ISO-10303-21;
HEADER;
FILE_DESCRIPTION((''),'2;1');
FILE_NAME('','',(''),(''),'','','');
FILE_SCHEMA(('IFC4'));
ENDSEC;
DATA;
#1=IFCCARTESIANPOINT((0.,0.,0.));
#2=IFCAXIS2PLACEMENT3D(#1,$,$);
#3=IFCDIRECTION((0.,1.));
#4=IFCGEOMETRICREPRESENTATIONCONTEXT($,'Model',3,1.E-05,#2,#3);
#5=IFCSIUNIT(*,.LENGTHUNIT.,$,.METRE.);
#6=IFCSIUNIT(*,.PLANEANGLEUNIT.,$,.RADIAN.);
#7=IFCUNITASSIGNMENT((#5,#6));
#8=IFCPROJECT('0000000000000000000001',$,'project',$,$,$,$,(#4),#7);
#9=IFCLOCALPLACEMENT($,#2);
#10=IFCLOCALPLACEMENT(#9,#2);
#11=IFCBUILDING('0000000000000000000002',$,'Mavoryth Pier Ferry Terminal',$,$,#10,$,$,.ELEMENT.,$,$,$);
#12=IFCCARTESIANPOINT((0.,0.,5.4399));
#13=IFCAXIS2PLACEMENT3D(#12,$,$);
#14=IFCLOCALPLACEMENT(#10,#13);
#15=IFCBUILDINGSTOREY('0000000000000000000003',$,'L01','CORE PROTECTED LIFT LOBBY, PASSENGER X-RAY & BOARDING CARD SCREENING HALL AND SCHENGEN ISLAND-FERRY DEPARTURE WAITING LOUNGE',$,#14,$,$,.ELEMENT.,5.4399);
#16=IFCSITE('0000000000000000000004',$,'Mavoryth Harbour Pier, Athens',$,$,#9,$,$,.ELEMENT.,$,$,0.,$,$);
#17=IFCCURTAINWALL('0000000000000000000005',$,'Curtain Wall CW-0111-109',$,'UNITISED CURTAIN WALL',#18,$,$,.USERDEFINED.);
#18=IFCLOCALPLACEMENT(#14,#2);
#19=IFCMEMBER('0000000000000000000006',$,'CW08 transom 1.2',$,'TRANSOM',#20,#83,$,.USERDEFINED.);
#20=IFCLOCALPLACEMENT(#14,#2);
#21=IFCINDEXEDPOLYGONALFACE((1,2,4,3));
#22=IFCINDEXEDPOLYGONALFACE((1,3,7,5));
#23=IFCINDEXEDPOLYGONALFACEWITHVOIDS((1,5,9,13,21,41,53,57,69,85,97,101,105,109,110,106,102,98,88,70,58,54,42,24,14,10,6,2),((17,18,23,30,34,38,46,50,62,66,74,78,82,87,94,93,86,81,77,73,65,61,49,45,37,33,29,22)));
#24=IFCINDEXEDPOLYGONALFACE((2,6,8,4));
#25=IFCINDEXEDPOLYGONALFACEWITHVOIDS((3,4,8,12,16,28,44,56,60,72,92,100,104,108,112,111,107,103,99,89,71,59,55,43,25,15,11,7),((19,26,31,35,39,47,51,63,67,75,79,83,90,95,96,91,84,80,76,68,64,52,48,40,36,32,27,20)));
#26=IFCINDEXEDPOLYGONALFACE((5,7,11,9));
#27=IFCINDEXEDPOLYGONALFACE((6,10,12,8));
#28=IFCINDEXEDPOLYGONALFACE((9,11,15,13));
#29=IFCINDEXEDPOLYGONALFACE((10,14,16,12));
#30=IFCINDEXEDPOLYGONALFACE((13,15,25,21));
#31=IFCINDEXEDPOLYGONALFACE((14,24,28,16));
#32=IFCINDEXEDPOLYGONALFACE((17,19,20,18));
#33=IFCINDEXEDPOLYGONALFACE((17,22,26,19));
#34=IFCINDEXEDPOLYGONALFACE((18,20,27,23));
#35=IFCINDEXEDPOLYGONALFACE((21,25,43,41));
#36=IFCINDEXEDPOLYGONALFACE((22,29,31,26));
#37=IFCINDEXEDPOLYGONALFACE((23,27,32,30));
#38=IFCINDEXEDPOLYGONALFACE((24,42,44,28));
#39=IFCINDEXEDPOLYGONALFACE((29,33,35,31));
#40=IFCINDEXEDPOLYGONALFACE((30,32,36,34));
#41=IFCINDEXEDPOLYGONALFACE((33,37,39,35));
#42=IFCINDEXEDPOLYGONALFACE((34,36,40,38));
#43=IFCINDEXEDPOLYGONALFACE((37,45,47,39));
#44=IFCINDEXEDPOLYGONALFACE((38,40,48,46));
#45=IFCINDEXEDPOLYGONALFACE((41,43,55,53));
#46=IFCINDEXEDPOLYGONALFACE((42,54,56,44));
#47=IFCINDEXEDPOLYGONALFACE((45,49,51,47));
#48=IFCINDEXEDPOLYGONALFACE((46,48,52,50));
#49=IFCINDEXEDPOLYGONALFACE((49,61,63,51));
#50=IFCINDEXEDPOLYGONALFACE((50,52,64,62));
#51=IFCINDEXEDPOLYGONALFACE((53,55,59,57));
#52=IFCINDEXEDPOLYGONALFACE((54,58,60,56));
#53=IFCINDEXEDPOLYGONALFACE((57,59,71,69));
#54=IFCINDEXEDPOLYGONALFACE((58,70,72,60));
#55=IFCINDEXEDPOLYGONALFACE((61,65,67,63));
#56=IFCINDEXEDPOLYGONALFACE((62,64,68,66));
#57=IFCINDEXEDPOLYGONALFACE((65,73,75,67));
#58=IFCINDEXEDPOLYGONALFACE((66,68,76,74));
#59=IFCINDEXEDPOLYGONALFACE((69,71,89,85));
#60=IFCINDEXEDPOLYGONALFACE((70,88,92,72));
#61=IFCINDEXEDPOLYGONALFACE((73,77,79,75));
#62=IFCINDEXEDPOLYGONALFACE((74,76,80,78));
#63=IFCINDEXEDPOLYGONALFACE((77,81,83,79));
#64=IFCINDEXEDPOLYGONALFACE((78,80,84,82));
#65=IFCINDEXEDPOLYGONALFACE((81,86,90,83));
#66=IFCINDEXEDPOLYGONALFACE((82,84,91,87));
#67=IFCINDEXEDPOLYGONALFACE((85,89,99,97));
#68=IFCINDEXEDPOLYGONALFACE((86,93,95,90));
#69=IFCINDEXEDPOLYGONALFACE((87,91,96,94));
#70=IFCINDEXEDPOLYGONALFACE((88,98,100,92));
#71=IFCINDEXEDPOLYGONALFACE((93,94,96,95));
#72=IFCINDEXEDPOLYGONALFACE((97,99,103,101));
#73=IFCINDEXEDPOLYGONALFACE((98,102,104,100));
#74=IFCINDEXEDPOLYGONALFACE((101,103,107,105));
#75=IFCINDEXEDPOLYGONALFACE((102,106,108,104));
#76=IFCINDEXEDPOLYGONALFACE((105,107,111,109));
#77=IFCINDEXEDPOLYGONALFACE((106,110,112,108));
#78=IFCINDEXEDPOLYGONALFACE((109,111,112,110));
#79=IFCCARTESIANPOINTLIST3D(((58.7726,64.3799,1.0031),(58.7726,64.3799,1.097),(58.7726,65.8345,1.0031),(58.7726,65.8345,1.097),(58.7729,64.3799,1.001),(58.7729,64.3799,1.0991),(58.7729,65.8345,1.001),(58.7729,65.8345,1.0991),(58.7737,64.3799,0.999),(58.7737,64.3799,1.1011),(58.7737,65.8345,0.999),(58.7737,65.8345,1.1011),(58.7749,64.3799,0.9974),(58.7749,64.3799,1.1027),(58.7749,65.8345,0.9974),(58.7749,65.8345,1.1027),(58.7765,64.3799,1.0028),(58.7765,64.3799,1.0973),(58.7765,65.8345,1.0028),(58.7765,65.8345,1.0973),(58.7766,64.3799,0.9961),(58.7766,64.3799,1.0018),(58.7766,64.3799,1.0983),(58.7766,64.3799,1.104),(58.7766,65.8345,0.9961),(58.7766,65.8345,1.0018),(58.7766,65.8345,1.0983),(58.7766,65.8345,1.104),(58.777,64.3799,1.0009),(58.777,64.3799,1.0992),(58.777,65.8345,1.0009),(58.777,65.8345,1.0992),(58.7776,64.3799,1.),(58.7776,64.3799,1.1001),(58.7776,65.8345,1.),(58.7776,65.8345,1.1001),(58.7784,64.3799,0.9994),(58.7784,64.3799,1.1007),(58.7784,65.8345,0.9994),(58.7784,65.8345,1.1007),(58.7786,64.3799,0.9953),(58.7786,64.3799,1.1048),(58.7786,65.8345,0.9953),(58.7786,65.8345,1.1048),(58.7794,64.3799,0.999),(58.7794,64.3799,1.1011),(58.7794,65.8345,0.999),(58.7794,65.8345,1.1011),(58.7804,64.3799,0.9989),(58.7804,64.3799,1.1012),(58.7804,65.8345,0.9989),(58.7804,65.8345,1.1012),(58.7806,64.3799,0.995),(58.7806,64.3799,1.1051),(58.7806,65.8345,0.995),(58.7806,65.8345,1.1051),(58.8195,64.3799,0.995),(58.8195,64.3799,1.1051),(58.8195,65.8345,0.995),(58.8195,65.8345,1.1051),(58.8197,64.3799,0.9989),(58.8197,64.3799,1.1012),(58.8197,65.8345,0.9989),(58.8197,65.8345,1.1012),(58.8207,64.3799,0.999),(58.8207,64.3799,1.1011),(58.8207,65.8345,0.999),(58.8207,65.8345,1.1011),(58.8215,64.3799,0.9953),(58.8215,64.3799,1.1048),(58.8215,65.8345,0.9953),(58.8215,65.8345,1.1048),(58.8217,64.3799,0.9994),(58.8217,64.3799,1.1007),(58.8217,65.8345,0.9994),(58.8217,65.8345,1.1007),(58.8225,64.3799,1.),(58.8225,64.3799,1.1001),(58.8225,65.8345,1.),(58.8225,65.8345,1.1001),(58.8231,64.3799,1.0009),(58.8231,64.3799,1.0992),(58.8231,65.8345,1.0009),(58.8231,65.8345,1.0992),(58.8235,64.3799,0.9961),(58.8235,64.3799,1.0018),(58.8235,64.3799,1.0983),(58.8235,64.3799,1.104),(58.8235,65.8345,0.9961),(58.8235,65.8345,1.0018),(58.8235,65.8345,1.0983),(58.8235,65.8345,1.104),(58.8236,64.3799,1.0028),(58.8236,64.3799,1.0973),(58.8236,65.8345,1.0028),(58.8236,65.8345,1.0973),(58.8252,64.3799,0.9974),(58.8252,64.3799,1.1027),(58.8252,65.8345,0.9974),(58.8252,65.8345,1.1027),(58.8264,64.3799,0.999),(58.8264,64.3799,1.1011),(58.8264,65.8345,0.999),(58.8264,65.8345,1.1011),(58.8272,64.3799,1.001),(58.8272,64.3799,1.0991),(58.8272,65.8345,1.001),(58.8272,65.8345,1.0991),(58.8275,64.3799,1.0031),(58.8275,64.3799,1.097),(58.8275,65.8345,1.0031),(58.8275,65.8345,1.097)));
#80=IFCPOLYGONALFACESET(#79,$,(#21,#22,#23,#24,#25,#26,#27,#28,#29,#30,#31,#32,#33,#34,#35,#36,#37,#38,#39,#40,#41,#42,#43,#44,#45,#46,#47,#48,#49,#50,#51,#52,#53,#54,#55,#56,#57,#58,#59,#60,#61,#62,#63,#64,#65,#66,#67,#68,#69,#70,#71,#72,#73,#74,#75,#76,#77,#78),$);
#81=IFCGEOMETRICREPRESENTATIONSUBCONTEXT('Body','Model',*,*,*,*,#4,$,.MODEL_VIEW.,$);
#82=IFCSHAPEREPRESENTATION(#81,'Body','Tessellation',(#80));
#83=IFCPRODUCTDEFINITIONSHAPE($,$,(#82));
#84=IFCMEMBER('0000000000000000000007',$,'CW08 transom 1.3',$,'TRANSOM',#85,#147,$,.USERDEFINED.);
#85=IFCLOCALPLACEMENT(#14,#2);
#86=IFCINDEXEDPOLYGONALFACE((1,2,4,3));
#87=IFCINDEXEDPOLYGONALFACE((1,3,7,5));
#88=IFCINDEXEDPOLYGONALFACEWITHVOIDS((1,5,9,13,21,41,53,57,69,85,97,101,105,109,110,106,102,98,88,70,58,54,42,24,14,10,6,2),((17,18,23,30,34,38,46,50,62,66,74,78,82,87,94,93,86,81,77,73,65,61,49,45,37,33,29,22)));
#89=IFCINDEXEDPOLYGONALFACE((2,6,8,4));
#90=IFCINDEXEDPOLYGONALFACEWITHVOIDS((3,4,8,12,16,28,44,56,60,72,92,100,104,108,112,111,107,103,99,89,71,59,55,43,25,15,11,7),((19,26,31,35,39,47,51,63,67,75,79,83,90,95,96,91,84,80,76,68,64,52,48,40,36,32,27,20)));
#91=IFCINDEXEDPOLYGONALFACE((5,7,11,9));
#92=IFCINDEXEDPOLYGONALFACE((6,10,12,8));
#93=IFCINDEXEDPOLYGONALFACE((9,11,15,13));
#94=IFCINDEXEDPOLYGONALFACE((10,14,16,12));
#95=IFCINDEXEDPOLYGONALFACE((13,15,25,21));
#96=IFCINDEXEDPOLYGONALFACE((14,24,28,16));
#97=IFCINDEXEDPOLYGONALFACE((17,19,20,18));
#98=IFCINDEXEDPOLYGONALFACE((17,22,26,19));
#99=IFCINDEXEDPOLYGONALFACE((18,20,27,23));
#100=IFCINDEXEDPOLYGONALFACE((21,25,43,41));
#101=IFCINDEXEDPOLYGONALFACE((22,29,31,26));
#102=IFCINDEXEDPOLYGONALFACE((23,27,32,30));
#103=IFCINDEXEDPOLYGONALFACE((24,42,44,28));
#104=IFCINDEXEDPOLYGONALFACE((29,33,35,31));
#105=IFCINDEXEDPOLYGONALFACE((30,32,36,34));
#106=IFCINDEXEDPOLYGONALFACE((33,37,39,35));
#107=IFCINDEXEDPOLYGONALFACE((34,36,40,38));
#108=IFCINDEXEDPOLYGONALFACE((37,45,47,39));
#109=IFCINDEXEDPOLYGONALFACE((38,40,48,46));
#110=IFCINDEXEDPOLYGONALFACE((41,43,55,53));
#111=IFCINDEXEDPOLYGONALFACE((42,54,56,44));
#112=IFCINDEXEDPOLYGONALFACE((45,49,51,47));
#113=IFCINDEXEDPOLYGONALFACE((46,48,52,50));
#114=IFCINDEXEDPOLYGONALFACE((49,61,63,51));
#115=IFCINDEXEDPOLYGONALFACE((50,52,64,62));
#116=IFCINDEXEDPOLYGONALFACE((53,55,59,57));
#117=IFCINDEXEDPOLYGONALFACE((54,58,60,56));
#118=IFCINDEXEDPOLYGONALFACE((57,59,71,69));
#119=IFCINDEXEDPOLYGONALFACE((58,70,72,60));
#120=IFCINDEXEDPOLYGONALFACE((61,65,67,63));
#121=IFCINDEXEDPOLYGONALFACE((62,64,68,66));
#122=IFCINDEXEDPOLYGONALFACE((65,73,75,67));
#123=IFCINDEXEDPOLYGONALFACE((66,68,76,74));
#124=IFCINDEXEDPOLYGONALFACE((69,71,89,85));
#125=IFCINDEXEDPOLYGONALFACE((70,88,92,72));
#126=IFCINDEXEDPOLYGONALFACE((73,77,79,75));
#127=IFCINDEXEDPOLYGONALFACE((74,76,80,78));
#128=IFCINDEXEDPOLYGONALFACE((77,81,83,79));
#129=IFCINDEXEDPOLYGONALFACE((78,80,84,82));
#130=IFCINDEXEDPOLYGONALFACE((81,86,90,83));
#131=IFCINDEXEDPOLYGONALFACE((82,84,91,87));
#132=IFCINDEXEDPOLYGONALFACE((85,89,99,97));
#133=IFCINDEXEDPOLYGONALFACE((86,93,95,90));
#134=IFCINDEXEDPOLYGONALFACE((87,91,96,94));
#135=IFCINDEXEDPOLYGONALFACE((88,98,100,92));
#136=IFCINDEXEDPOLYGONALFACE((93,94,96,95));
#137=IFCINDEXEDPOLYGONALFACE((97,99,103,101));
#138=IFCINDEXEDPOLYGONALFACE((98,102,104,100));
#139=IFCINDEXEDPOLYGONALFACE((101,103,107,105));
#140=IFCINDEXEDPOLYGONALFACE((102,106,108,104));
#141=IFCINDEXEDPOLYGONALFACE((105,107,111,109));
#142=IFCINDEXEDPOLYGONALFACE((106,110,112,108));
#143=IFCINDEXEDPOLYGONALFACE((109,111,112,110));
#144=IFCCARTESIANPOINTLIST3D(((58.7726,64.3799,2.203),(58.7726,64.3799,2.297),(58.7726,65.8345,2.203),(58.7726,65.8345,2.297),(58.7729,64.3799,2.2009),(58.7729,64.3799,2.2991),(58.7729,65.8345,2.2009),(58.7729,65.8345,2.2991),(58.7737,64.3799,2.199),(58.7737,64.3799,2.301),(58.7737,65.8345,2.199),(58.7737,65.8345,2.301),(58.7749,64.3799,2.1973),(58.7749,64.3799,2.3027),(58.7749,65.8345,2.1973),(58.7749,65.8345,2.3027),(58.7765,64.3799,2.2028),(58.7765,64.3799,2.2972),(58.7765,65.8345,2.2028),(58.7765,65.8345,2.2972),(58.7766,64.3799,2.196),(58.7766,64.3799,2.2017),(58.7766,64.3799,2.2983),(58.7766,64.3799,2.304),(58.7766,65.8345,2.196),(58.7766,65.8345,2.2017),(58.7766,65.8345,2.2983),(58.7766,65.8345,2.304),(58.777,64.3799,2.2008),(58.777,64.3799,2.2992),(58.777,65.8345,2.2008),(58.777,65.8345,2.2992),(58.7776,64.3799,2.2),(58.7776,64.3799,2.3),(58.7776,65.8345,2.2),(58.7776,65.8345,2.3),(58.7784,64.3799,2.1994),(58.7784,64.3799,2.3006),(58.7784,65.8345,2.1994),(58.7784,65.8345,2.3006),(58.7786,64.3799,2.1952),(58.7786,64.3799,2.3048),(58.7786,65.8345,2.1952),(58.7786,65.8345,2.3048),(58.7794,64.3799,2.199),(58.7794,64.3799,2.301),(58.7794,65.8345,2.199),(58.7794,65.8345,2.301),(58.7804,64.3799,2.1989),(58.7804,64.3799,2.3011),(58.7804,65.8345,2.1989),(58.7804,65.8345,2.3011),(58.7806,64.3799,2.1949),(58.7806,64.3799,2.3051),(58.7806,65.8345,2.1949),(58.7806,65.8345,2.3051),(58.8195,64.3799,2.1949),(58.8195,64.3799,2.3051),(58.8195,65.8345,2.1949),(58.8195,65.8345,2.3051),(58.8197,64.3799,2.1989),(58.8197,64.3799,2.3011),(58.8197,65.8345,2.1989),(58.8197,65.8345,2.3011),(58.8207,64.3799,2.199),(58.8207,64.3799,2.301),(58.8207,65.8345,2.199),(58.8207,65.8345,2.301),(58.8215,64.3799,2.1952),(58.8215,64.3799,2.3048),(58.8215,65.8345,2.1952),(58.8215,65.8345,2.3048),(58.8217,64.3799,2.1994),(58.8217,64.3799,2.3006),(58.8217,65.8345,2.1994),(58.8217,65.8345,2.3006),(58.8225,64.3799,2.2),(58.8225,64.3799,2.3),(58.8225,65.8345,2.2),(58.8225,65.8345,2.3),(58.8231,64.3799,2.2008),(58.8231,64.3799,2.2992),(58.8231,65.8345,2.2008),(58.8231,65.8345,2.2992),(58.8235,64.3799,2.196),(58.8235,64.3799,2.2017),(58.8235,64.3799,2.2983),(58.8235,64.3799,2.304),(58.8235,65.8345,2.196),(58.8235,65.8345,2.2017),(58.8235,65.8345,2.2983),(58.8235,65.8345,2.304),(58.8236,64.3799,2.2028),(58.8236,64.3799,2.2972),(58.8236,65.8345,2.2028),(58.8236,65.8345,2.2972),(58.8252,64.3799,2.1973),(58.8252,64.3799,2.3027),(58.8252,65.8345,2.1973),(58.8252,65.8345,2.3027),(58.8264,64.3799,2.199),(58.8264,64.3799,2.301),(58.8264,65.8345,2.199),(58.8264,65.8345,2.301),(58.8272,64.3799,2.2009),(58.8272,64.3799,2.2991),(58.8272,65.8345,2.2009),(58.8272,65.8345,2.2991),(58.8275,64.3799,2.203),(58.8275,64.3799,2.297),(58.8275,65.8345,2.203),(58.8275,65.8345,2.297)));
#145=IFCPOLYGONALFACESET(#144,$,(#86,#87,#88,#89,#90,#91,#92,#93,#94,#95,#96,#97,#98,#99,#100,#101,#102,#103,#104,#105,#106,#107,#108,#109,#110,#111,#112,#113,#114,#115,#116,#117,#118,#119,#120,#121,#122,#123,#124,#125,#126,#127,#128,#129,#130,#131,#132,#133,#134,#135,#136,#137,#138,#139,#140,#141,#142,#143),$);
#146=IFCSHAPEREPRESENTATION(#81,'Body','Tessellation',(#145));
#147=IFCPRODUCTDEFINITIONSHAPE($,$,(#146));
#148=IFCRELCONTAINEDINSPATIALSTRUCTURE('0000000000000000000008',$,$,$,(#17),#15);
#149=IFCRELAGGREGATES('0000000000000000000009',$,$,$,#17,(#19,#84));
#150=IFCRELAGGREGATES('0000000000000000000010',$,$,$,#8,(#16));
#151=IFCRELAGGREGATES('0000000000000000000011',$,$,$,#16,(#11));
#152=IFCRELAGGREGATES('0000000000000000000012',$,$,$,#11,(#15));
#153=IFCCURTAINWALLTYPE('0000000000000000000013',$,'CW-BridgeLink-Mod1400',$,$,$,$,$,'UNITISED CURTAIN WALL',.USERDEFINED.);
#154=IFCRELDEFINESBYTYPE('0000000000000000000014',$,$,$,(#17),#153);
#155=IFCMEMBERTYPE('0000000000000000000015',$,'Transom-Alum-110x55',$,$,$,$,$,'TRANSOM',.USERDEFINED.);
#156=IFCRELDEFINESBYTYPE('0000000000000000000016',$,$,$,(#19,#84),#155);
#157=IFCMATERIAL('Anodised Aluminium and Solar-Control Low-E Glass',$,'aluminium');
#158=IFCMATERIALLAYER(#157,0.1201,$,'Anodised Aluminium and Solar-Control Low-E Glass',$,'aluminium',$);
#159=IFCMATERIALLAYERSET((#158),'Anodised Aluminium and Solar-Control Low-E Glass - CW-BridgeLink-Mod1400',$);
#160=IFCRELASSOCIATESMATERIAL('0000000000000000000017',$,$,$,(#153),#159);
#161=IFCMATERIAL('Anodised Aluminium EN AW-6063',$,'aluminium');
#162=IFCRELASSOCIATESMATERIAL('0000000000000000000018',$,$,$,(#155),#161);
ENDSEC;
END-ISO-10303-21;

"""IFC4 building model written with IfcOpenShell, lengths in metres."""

from ifc_helpers import new_model, si_unit, direction, frame, origin, origin_2d, place, context, subcontext, project, spatial, hollow_rectangle, extrude, material, layer, layer_set, material_profile, profile_set, type_object, element, aggregate, save


model = new_model("IFC4")

# Units and contexts
model_context = context("Model", 3, precision=1e-05, world=origin(), true_north=direction((0.0, 1.0)))
body_context = subcontext(model_context, "Body", "Model", "MODEL_VIEW")
ifc_project = project(units=[si_unit("LENGTHUNIT", "METRE"), si_unit("PLANEANGLEUNIT", "RADIAN")], contexts=[model_context])

# Site, building, storey
site_placement = place(None, origin())
site = spatial("IfcSite", under=ifc_project, at=site_placement, Name="Mavoryth Harbour Pier, Athens", CompositionType="ELEMENT", RefElevation=0.0)
building_placement = place(site_placement, origin())
building = spatial("IfcBuilding", under=site, at=building_placement, Name="Mavoryth Pier Ferry Terminal", CompositionType="ELEMENT")
storey_placement = place(building_placement, frame((0.0, 0.0, 5.4399)))
storey = spatial("IfcBuildingStorey", under=building, at=storey_placement, Name="L01", Description="CORE PROTECTED LIFT LOBBY, PASSENGER X-RAY & BOARDING CARD SCREENING HALL AND SCHENGEN ISLAND-FERRY DEPARTURE WAITING LOUNGE", CompositionType="ELEMENT", Elevation=5.4399)

# Curtain wall
ifc_material_1 = material(Name="Anodised Aluminium and Solar-Control Low-E Glass", Category="aluminium")
ifc_layer_1 = layer(ifc_material_1, 0.1201, Name="Anodised Aluminium and Solar-Control Low-E Glass", Category="aluminium")
ifc_layer_set_1 = layer_set([ifc_layer_1], Name="Anodised Aluminium and Solar-Control Low-E Glass - CW-BridgeLink-Mod1400")
curtain_wall_type = type_object("IfcCurtainWallType", Name="CW-BridgeLink-Mod1400", ElementType="UNITISED CURTAIN WALL", PredefinedType="USERDEFINED", material=ifc_layer_set_1)
ifc_material_2 = material(Name="Anodised Aluminium EN AW-6063", Category="aluminium")
curtain_wall_1_placement = place(storey_placement, origin())
curtain_wall_1 = element("IfcCurtainWall", 1, at=curtain_wall_1_placement, inside=storey, type_object=curtain_wall_type, Name="Curtain Wall CW-0111-109", ObjectType="UNITISED CURTAIN WALL", PredefinedType="USERDEFINED")

# Members
ifc_material_profile_1 = material_profile(ifc_material_2, hollow_rectangle(XDim=0.0549, YDim=0.1101, WallThickness=0.0039, InnerFilletRadius=0.0039, OuterFilletRadius=0.0081, at=origin_2d()), Name="AL-TRAN 110x55x4", Category="aluminium")
ifc_profile_set_1 = profile_set([ifc_material_profile_1], Name="Anodised Aluminium EN AW-6063 - AL-TRAN 110x55x4")
member_type_1 = type_object("IfcMemberType", Name="Transom-Alum-110x55", ElementType="TRANSOM", PredefinedType="USERDEFINED", material=ifc_profile_set_1)
member_1_placement = place(storey_placement, frame((58.8, 64.3799, 1.05), z_axis=(0.0, 1.0, 0.0), x_axis=(-1.0, 0.0, 0.0)))
member_1 = element("IfcMember", 2, at=member_1_placement, type_object=member_type_1, Name="CW08 transom 1.2", ObjectType="TRANSOM", PredefinedType="USERDEFINED", context=body_context, shape_type="SweptSolid", body=[
    extrude(hollow_rectangle(XDim=0.0549, YDim=0.1101, WallThickness=0.0039, InnerFilletRadius=0.0039, OuterFilletRadius=0.0081, at=origin_2d()), origin(), (0.0, 0.0, 1.0), 1.4546),
])
member_2_placement = place(storey_placement, frame((58.8, 64.3799, 2.25), z_axis=(0.0, 1.0, 0.0), x_axis=(-1.0, 0.0, 0.0)))
member_2 = element("IfcMember", 3, at=member_2_placement, type_object=member_type_1, Name="CW08 transom 1.3", ObjectType="TRANSOM", PredefinedType="USERDEFINED", context=body_context, shape_type="SweptSolid", body=[
    extrude(hollow_rectangle(XDim=0.0549, YDim=0.1101, WallThickness=0.0039, InnerFilletRadius=0.0039, OuterFilletRadius=0.0081, at=origin_2d()), origin(), (0.0, 0.0, 1.0), 1.4546),
])

aggregate(curtain_wall_1, [member_1, member_2])

save(model, "model.ifc")
